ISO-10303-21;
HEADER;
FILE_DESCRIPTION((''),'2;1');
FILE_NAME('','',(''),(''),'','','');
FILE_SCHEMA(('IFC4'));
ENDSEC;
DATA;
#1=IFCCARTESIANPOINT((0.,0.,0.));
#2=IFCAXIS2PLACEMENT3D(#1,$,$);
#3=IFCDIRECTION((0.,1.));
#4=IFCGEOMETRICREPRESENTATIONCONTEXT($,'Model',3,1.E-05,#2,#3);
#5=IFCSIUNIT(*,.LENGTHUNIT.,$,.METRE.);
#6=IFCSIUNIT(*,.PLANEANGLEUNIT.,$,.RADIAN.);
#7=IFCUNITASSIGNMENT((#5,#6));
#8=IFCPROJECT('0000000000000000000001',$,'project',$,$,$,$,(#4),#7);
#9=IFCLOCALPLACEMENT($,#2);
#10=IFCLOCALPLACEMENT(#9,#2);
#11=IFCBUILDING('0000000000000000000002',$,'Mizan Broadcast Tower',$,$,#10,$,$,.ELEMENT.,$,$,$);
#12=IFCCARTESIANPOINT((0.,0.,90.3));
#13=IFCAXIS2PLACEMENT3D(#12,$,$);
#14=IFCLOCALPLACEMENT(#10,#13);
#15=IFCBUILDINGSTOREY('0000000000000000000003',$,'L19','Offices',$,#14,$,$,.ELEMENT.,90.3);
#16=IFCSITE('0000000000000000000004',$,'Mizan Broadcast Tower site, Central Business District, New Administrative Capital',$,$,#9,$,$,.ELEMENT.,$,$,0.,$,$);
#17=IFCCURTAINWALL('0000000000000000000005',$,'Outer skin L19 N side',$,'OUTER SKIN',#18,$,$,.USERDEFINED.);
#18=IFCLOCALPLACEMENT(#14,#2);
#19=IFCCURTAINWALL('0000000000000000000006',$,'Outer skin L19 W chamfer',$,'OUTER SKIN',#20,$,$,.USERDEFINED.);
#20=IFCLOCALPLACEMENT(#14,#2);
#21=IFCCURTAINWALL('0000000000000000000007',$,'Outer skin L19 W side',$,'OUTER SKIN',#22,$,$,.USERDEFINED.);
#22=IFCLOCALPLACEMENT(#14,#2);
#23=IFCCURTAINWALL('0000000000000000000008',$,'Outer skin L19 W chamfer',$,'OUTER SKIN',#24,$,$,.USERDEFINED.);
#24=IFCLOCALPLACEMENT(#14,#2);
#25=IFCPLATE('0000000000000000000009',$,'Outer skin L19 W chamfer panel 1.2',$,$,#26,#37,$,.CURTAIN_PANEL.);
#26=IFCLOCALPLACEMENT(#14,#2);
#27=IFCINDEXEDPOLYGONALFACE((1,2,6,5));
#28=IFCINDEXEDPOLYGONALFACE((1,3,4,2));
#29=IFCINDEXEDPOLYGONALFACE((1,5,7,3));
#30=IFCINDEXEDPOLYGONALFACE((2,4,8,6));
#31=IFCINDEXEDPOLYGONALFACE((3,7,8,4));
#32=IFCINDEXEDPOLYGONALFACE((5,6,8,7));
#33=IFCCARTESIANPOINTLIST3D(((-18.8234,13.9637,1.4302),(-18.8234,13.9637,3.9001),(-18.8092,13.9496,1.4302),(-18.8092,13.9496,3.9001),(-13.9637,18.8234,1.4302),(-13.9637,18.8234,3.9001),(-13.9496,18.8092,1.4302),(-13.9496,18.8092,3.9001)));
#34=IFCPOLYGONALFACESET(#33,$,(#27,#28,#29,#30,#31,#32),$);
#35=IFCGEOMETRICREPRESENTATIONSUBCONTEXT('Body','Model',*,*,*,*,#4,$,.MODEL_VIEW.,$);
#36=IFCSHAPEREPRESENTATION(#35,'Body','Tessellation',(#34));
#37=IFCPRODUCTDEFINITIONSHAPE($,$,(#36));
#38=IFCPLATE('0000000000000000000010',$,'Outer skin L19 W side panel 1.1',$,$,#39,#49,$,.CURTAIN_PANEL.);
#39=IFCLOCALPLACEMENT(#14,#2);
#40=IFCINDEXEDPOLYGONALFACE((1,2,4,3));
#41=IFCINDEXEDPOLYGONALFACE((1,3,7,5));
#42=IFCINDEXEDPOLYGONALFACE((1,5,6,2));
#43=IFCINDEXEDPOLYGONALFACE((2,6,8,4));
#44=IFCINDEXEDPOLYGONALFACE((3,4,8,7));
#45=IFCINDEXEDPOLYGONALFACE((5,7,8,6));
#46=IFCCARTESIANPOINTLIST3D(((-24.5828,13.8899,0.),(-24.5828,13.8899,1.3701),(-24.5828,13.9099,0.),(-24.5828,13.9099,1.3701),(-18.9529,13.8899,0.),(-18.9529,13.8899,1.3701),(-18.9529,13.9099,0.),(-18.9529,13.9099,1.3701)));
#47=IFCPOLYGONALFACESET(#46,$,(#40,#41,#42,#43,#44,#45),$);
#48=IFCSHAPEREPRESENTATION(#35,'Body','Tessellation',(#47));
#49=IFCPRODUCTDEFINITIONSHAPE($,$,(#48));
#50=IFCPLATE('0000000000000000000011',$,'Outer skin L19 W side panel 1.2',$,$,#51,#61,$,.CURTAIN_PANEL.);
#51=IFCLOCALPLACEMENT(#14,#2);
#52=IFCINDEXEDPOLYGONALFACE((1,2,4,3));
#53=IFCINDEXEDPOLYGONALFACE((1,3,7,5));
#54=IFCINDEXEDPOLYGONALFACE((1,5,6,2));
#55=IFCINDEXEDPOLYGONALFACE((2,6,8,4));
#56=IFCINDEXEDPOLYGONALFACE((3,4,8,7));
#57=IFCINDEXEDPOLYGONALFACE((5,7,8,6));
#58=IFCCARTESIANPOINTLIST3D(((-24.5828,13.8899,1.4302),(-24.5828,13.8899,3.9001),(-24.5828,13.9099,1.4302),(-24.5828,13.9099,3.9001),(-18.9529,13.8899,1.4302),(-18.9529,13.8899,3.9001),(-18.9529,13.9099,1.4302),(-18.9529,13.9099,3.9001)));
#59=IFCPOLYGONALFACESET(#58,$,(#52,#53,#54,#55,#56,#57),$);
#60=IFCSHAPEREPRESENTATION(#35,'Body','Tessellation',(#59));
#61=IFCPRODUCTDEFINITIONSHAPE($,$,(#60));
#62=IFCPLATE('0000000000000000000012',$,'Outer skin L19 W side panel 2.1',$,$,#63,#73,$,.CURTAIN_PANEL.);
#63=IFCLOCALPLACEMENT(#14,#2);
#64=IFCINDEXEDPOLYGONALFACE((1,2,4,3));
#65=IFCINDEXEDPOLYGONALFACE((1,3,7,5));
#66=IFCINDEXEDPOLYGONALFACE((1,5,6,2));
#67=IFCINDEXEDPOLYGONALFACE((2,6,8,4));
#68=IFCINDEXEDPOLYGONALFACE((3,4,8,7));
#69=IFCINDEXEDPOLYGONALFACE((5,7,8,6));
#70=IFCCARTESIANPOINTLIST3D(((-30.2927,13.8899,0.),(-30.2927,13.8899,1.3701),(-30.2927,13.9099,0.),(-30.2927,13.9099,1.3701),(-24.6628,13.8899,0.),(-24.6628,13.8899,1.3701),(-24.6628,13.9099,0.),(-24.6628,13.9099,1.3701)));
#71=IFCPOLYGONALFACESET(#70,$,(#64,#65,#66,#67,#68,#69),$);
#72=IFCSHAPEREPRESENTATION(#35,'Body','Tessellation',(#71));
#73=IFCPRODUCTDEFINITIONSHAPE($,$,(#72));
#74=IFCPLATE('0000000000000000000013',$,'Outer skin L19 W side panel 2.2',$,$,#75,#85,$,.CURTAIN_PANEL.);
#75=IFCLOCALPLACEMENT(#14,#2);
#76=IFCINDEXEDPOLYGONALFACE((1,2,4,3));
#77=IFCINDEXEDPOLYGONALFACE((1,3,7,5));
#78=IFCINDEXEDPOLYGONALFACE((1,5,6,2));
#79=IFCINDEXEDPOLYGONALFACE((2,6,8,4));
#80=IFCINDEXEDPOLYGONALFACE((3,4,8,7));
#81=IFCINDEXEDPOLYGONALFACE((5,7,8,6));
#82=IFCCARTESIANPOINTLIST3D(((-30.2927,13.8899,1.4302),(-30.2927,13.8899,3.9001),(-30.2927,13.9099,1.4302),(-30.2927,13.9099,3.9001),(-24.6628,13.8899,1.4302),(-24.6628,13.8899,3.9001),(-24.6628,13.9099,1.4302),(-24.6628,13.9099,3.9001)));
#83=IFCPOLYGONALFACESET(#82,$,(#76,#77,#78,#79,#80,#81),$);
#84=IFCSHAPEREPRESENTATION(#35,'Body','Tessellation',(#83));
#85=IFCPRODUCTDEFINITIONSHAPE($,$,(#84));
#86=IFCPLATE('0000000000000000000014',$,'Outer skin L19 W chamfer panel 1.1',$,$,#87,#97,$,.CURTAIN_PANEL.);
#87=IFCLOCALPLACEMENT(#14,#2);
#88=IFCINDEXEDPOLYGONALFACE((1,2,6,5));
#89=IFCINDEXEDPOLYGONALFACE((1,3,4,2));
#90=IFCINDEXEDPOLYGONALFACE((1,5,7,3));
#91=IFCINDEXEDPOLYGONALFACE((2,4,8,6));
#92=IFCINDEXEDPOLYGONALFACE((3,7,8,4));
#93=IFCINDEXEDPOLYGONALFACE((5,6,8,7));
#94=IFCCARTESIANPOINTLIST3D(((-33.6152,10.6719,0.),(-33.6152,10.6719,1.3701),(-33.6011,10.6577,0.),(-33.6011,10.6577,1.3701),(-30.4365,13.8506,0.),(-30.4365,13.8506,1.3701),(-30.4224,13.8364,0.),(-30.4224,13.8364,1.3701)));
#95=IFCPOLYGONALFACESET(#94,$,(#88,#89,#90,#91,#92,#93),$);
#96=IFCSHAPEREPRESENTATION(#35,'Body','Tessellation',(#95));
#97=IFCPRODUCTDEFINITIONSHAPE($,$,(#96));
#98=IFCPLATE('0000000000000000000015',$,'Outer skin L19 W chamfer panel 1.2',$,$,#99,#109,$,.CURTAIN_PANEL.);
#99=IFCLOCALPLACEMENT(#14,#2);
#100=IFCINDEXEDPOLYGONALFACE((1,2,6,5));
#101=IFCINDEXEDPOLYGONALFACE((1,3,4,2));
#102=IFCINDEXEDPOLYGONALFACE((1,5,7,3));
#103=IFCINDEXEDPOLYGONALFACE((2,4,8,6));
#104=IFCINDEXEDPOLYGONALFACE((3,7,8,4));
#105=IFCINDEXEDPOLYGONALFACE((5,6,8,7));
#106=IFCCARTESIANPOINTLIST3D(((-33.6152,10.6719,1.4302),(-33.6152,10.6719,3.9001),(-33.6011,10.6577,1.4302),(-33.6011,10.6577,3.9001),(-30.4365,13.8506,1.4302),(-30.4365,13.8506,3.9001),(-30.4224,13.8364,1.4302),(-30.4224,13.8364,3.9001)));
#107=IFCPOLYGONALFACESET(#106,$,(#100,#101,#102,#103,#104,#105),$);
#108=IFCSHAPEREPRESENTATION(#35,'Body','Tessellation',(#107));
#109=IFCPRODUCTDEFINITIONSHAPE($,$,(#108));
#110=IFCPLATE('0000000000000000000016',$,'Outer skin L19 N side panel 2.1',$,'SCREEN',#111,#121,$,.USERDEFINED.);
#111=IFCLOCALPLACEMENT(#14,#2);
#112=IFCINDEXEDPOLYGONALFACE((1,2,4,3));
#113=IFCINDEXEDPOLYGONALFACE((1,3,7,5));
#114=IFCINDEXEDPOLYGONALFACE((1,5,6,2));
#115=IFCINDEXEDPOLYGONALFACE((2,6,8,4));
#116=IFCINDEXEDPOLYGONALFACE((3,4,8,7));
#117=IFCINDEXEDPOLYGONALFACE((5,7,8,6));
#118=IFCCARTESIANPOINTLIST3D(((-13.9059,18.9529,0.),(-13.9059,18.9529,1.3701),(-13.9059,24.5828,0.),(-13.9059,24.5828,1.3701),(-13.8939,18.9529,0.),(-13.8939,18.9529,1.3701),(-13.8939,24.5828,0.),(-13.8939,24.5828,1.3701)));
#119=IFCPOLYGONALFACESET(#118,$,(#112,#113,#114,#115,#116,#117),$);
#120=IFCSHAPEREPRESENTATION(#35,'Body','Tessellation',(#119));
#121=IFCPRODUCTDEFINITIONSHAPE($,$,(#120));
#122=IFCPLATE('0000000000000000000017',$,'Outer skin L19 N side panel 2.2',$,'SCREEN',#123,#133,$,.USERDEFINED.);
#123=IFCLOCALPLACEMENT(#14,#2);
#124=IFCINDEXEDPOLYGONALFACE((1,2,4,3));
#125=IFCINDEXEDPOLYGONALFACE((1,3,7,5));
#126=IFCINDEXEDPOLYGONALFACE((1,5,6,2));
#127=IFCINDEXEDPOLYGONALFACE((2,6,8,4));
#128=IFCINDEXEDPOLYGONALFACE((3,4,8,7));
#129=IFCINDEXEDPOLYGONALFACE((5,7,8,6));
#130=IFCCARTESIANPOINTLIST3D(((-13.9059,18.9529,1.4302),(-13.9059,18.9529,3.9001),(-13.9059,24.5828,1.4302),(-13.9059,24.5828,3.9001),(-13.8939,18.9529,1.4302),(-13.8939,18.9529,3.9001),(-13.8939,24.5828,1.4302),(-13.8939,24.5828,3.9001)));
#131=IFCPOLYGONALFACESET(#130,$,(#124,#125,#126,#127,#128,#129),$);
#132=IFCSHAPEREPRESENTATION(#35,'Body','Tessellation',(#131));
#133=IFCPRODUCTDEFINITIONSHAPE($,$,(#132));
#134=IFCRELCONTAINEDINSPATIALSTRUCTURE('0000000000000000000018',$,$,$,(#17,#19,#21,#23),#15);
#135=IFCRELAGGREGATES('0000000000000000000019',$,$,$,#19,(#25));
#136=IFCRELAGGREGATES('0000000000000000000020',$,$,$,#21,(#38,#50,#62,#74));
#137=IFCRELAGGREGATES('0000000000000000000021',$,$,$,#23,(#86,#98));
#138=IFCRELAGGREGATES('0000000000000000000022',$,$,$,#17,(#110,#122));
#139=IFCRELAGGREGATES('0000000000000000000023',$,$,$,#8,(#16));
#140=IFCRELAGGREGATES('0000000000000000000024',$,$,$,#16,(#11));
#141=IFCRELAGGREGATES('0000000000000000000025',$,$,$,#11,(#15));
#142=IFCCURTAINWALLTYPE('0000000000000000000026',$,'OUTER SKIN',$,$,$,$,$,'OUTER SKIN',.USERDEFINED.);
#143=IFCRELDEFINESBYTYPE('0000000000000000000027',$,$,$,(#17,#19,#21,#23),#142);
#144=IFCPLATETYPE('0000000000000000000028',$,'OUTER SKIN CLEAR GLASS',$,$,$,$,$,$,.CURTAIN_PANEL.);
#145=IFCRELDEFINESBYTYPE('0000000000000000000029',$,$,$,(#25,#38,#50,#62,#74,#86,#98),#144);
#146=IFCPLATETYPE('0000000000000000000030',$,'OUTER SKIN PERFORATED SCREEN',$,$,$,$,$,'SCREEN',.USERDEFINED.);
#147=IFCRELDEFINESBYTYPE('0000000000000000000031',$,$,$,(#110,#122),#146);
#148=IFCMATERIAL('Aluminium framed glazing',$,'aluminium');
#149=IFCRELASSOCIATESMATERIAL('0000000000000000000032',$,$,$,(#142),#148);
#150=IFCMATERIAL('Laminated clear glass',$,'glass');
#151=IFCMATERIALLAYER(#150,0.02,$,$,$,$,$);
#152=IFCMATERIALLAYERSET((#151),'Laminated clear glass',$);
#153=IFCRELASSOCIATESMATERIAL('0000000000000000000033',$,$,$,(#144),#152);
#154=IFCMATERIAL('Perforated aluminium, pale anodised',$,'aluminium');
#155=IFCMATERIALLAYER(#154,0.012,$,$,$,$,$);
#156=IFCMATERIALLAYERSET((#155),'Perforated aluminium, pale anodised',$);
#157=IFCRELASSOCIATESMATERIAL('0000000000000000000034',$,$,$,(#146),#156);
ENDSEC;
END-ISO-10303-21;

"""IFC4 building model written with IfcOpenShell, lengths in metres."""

from ifc_helpers import new_model, si_unit, direction, frame, origin, origin_2d, place, context, subcontext, project, spatial, rectangle, extrude, material, layer, layer_set, type_object, element, aggregate, save


model = new_model("IFC4")

# Units and contexts
model_context = context("Model", 3, precision=1e-05, world=origin(), true_north=direction((0.0, 1.0)))
body_context = subcontext(model_context, "Body", "Model", "MODEL_VIEW")
ifc_project = project(units=[si_unit("LENGTHUNIT", "METRE"), si_unit("PLANEANGLEUNIT", "RADIAN")], contexts=[model_context])

# Site, building, storey
site_placement = place(None, origin())
site = spatial("IfcSite", under=ifc_project, at=site_placement, Name="Mizan Broadcast Tower site, Central Business District, New Administrative Capital", CompositionType="ELEMENT", RefElevation=0.0)
building_placement = place(site_placement, origin())
building = spatial("IfcBuilding", under=site, at=building_placement, Name="Mizan Broadcast Tower", CompositionType="ELEMENT")
storey_placement = place(building_placement, frame((0.0, 0.0, 90.3)))
storey = spatial("IfcBuildingStorey", under=building, at=storey_placement, Name="L19", Description="Offices", CompositionType="ELEMENT", Elevation=90.3)

# Shared definitions
ifc_material_1 = material(Name="Aluminium framed glazing", Category="aluminium")
curtain_wall_type_1 = type_object("IfcCurtainWallType", Name="OUTER SKIN", ElementType="OUTER SKIN", PredefinedType="USERDEFINED", material=ifc_material_1)

# Curtain wall
curtain_wall_1_placement = place(storey_placement, origin())
curtain_wall_1 = element("IfcCurtainWall", 1, at=curtain_wall_1_placement, inside=storey, type_object=curtain_wall_type_1, Name="Outer skin L19 N side", ObjectType="OUTER SKIN", PredefinedType="USERDEFINED")

# Curtain wall
curtain_wall_2_placement = place(storey_placement, origin())
curtain_wall_2 = element("IfcCurtainWall", 2, at=curtain_wall_2_placement, inside=storey, type_object=curtain_wall_type_1, Name="Outer skin L19 W chamfer", ObjectType="OUTER SKIN", PredefinedType="USERDEFINED")

# Curtain wall
curtain_wall_3_placement = place(storey_placement, origin())
curtain_wall_3 = element("IfcCurtainWall", 3, at=curtain_wall_3_placement, inside=storey, type_object=curtain_wall_type_1, Name="Outer skin L19 W side", ObjectType="OUTER SKIN", PredefinedType="USERDEFINED")

# Curtain wall
curtain_wall_4_placement = place(storey_placement, origin())
curtain_wall_4 = element("IfcCurtainWall", 4, at=curtain_wall_4_placement, inside=storey, type_object=curtain_wall_type_1, Name="Outer skin L19 W chamfer", ObjectType="OUTER SKIN", PredefinedType="USERDEFINED")

# Plates
ifc_material_2 = material(Name="Laminated clear glass", Category="glass")
ifc_layer_1 = layer(ifc_material_2, 0.02)
ifc_layer_set_1 = layer_set([ifc_layer_1], Name="Laminated clear glass")
plate_type_1 = type_object("IfcPlateType", Name="OUTER SKIN CLEAR GLASS", PredefinedType="CURTAIN_PANEL", material=ifc_layer_set_1)
plate_1_placement = place(storey_placement, frame((-16.3865, 16.3865, 1.4302), z_axis=(0.0, 0.0, 1.0), x_axis=(-0.707107, -0.707107, 0.0)))
plate_1 = element("IfcPlate", 5, at=plate_1_placement, type_object=plate_type_1, Name="Outer skin L19 W chamfer panel 1.2", PredefinedType="CURTAIN_PANEL", context=body_context, shape_type="SweptSolid", body=[
    extrude(rectangle(XDim=6.8726, YDim=0.02, at=origin_2d()), origin(), (0.0, 0.0, 1.0), 2.47),
])
aggregate(curtain_wall_2, [plate_1])
plate_2_placement = place(storey_placement, frame((-21.7678, 13.8999, 0.0), z_axis=(0.0, 0.0, 1.0), x_axis=(-1.0, 0.0, 0.0)))
plate_2 = element("IfcPlate", 6, at=plate_2_placement, type_object=plate_type_1, Name="Outer skin L19 W side panel 1.1", PredefinedType="CURTAIN_PANEL", context=body_context, shape_type="SweptSolid", body=[
    extrude(rectangle(XDim=5.6299, YDim=0.02, at=origin_2d()), origin(), (0.0, 0.0, 1.0), 1.3701),
])
plate_3_placement = place(storey_placement, frame((-21.7678, 13.8999, 1.4302), z_axis=(0.0, 0.0, 1.0), x_axis=(-1.0, 0.0, 0.0)))
plate_3 = element("IfcPlate", 7, at=plate_3_placement, type_object=plate_type_1, Name="Outer skin L19 W side panel 1.2", PredefinedType="CURTAIN_PANEL", context=body_context, shape_type="SweptSolid", body=[
    extrude(rectangle(XDim=5.6299, YDim=0.02, at=origin_2d()), origin(), (0.0, 0.0, 1.0), 2.47),
])
plate_4_placement = place(storey_placement, frame((-27.4778, 13.8999, 0.0), z_axis=(0.0, 0.0, 1.0), x_axis=(-1.0, 0.0, 0.0)))
plate_4 = element("IfcPlate", 8, at=plate_4_placement, type_object=plate_type_1, Name="Outer skin L19 W side panel 2.1", PredefinedType="CURTAIN_PANEL", context=body_context, shape_type="SweptSolid", body=[
    extrude(rectangle(XDim=5.6299, YDim=0.02, at=origin_2d()), origin(), (0.0, 0.0, 1.0), 1.3701),
])
plate_5_placement = place(storey_placement, frame((-27.4778, 13.8999, 1.4302), z_axis=(0.0, 0.0, 1.0), x_axis=(-1.0, 0.0, 0.0)))
plate_5 = element("IfcPlate", 9, at=plate_5_placement, type_object=plate_type_1, Name="Outer skin L19 W side panel 2.2", PredefinedType="CURTAIN_PANEL", context=body_context, shape_type="SweptSolid", body=[
    extrude(rectangle(XDim=5.6299, YDim=0.02, at=origin_2d()), origin(), (0.0, 0.0, 1.0), 2.47),
])
aggregate(curtain_wall_3, [plate_2, plate_3, plate_4, plate_5])
plate_6_placement = place(storey_placement, frame((-32.0188, 12.2542, 0.0), z_axis=(0.0, 0.0, 1.0), x_axis=(-0.707107, -0.707107, 0.0)))
plate_6 = element("IfcPlate", 10, at=plate_6_placement, type_object=plate_type_1, Name="Outer skin L19 W chamfer panel 1.1", PredefinedType="CURTAIN_PANEL", context=body_context, shape_type="SweptSolid", body=[
    extrude(rectangle(XDim=4.4954, YDim=0.02, at=origin_2d()), origin(), (0.0, 0.0, 1.0), 1.3701),
])
plate_7_placement = place(storey_placement, frame((-32.0188, 12.2542, 1.4302), z_axis=(0.0, 0.0, 1.0), x_axis=(-0.707107, -0.707107, 0.0)))
plate_7 = element("IfcPlate", 11, at=plate_7_placement, type_object=plate_type_1, Name="Outer skin L19 W chamfer panel 1.2", PredefinedType="CURTAIN_PANEL", context=body_context, shape_type="SweptSolid", body=[
    extrude(rectangle(XDim=4.4954, YDim=0.02, at=origin_2d()), origin(), (0.0, 0.0, 1.0), 2.47),
])
aggregate(curtain_wall_4, [plate_6, plate_7])
ifc_material_3 = material(Name="Perforated aluminium, pale anodised", Category="aluminium")
ifc_layer_2 = layer(ifc_material_3, 0.012)
ifc_layer_set_2 = layer_set([ifc_layer_2], Name="Perforated aluminium, pale anodised")
plate_type_2 = type_object("IfcPlateType", Name="OUTER SKIN PERFORATED SCREEN", ElementType="SCREEN", PredefinedType="USERDEFINED", material=ifc_layer_set_2)
plate_8_placement = place(storey_placement, frame((-13.8999, 21.7678, 0.0), z_axis=(0.0, 0.0, 1.0), x_axis=(0.0, -1.0, 0.0)))
plate_8 = element("IfcPlate", 12, at=plate_8_placement, type_object=plate_type_2, Name="Outer skin L19 N side panel 2.1", ObjectType="SCREEN", PredefinedType="USERDEFINED", context=body_context, shape_type="SweptSolid", body=[
    extrude(rectangle(XDim=5.6299, YDim=0.012, at=origin_2d()), origin(), (0.0, 0.0, 1.0), 1.3701),
])
plate_9_placement = place(storey_placement, frame((-13.8999, 21.7678, 1.4302), z_axis=(0.0, 0.0, 1.0), x_axis=(0.0, -1.0, 0.0)))
plate_9 = element("IfcPlate", 13, at=plate_9_placement, type_object=plate_type_2, Name="Outer skin L19 N side panel 2.2", ObjectType="SCREEN", PredefinedType="USERDEFINED", context=body_context, shape_type="SweptSolid", body=[
    extrude(rectangle(XDim=5.6299, YDim=0.012, at=origin_2d()), origin(), (0.0, 0.0, 1.0), 2.47),
])
aggregate(curtain_wall_1, [plate_8, plate_9])

save(model, "model.ifc")
